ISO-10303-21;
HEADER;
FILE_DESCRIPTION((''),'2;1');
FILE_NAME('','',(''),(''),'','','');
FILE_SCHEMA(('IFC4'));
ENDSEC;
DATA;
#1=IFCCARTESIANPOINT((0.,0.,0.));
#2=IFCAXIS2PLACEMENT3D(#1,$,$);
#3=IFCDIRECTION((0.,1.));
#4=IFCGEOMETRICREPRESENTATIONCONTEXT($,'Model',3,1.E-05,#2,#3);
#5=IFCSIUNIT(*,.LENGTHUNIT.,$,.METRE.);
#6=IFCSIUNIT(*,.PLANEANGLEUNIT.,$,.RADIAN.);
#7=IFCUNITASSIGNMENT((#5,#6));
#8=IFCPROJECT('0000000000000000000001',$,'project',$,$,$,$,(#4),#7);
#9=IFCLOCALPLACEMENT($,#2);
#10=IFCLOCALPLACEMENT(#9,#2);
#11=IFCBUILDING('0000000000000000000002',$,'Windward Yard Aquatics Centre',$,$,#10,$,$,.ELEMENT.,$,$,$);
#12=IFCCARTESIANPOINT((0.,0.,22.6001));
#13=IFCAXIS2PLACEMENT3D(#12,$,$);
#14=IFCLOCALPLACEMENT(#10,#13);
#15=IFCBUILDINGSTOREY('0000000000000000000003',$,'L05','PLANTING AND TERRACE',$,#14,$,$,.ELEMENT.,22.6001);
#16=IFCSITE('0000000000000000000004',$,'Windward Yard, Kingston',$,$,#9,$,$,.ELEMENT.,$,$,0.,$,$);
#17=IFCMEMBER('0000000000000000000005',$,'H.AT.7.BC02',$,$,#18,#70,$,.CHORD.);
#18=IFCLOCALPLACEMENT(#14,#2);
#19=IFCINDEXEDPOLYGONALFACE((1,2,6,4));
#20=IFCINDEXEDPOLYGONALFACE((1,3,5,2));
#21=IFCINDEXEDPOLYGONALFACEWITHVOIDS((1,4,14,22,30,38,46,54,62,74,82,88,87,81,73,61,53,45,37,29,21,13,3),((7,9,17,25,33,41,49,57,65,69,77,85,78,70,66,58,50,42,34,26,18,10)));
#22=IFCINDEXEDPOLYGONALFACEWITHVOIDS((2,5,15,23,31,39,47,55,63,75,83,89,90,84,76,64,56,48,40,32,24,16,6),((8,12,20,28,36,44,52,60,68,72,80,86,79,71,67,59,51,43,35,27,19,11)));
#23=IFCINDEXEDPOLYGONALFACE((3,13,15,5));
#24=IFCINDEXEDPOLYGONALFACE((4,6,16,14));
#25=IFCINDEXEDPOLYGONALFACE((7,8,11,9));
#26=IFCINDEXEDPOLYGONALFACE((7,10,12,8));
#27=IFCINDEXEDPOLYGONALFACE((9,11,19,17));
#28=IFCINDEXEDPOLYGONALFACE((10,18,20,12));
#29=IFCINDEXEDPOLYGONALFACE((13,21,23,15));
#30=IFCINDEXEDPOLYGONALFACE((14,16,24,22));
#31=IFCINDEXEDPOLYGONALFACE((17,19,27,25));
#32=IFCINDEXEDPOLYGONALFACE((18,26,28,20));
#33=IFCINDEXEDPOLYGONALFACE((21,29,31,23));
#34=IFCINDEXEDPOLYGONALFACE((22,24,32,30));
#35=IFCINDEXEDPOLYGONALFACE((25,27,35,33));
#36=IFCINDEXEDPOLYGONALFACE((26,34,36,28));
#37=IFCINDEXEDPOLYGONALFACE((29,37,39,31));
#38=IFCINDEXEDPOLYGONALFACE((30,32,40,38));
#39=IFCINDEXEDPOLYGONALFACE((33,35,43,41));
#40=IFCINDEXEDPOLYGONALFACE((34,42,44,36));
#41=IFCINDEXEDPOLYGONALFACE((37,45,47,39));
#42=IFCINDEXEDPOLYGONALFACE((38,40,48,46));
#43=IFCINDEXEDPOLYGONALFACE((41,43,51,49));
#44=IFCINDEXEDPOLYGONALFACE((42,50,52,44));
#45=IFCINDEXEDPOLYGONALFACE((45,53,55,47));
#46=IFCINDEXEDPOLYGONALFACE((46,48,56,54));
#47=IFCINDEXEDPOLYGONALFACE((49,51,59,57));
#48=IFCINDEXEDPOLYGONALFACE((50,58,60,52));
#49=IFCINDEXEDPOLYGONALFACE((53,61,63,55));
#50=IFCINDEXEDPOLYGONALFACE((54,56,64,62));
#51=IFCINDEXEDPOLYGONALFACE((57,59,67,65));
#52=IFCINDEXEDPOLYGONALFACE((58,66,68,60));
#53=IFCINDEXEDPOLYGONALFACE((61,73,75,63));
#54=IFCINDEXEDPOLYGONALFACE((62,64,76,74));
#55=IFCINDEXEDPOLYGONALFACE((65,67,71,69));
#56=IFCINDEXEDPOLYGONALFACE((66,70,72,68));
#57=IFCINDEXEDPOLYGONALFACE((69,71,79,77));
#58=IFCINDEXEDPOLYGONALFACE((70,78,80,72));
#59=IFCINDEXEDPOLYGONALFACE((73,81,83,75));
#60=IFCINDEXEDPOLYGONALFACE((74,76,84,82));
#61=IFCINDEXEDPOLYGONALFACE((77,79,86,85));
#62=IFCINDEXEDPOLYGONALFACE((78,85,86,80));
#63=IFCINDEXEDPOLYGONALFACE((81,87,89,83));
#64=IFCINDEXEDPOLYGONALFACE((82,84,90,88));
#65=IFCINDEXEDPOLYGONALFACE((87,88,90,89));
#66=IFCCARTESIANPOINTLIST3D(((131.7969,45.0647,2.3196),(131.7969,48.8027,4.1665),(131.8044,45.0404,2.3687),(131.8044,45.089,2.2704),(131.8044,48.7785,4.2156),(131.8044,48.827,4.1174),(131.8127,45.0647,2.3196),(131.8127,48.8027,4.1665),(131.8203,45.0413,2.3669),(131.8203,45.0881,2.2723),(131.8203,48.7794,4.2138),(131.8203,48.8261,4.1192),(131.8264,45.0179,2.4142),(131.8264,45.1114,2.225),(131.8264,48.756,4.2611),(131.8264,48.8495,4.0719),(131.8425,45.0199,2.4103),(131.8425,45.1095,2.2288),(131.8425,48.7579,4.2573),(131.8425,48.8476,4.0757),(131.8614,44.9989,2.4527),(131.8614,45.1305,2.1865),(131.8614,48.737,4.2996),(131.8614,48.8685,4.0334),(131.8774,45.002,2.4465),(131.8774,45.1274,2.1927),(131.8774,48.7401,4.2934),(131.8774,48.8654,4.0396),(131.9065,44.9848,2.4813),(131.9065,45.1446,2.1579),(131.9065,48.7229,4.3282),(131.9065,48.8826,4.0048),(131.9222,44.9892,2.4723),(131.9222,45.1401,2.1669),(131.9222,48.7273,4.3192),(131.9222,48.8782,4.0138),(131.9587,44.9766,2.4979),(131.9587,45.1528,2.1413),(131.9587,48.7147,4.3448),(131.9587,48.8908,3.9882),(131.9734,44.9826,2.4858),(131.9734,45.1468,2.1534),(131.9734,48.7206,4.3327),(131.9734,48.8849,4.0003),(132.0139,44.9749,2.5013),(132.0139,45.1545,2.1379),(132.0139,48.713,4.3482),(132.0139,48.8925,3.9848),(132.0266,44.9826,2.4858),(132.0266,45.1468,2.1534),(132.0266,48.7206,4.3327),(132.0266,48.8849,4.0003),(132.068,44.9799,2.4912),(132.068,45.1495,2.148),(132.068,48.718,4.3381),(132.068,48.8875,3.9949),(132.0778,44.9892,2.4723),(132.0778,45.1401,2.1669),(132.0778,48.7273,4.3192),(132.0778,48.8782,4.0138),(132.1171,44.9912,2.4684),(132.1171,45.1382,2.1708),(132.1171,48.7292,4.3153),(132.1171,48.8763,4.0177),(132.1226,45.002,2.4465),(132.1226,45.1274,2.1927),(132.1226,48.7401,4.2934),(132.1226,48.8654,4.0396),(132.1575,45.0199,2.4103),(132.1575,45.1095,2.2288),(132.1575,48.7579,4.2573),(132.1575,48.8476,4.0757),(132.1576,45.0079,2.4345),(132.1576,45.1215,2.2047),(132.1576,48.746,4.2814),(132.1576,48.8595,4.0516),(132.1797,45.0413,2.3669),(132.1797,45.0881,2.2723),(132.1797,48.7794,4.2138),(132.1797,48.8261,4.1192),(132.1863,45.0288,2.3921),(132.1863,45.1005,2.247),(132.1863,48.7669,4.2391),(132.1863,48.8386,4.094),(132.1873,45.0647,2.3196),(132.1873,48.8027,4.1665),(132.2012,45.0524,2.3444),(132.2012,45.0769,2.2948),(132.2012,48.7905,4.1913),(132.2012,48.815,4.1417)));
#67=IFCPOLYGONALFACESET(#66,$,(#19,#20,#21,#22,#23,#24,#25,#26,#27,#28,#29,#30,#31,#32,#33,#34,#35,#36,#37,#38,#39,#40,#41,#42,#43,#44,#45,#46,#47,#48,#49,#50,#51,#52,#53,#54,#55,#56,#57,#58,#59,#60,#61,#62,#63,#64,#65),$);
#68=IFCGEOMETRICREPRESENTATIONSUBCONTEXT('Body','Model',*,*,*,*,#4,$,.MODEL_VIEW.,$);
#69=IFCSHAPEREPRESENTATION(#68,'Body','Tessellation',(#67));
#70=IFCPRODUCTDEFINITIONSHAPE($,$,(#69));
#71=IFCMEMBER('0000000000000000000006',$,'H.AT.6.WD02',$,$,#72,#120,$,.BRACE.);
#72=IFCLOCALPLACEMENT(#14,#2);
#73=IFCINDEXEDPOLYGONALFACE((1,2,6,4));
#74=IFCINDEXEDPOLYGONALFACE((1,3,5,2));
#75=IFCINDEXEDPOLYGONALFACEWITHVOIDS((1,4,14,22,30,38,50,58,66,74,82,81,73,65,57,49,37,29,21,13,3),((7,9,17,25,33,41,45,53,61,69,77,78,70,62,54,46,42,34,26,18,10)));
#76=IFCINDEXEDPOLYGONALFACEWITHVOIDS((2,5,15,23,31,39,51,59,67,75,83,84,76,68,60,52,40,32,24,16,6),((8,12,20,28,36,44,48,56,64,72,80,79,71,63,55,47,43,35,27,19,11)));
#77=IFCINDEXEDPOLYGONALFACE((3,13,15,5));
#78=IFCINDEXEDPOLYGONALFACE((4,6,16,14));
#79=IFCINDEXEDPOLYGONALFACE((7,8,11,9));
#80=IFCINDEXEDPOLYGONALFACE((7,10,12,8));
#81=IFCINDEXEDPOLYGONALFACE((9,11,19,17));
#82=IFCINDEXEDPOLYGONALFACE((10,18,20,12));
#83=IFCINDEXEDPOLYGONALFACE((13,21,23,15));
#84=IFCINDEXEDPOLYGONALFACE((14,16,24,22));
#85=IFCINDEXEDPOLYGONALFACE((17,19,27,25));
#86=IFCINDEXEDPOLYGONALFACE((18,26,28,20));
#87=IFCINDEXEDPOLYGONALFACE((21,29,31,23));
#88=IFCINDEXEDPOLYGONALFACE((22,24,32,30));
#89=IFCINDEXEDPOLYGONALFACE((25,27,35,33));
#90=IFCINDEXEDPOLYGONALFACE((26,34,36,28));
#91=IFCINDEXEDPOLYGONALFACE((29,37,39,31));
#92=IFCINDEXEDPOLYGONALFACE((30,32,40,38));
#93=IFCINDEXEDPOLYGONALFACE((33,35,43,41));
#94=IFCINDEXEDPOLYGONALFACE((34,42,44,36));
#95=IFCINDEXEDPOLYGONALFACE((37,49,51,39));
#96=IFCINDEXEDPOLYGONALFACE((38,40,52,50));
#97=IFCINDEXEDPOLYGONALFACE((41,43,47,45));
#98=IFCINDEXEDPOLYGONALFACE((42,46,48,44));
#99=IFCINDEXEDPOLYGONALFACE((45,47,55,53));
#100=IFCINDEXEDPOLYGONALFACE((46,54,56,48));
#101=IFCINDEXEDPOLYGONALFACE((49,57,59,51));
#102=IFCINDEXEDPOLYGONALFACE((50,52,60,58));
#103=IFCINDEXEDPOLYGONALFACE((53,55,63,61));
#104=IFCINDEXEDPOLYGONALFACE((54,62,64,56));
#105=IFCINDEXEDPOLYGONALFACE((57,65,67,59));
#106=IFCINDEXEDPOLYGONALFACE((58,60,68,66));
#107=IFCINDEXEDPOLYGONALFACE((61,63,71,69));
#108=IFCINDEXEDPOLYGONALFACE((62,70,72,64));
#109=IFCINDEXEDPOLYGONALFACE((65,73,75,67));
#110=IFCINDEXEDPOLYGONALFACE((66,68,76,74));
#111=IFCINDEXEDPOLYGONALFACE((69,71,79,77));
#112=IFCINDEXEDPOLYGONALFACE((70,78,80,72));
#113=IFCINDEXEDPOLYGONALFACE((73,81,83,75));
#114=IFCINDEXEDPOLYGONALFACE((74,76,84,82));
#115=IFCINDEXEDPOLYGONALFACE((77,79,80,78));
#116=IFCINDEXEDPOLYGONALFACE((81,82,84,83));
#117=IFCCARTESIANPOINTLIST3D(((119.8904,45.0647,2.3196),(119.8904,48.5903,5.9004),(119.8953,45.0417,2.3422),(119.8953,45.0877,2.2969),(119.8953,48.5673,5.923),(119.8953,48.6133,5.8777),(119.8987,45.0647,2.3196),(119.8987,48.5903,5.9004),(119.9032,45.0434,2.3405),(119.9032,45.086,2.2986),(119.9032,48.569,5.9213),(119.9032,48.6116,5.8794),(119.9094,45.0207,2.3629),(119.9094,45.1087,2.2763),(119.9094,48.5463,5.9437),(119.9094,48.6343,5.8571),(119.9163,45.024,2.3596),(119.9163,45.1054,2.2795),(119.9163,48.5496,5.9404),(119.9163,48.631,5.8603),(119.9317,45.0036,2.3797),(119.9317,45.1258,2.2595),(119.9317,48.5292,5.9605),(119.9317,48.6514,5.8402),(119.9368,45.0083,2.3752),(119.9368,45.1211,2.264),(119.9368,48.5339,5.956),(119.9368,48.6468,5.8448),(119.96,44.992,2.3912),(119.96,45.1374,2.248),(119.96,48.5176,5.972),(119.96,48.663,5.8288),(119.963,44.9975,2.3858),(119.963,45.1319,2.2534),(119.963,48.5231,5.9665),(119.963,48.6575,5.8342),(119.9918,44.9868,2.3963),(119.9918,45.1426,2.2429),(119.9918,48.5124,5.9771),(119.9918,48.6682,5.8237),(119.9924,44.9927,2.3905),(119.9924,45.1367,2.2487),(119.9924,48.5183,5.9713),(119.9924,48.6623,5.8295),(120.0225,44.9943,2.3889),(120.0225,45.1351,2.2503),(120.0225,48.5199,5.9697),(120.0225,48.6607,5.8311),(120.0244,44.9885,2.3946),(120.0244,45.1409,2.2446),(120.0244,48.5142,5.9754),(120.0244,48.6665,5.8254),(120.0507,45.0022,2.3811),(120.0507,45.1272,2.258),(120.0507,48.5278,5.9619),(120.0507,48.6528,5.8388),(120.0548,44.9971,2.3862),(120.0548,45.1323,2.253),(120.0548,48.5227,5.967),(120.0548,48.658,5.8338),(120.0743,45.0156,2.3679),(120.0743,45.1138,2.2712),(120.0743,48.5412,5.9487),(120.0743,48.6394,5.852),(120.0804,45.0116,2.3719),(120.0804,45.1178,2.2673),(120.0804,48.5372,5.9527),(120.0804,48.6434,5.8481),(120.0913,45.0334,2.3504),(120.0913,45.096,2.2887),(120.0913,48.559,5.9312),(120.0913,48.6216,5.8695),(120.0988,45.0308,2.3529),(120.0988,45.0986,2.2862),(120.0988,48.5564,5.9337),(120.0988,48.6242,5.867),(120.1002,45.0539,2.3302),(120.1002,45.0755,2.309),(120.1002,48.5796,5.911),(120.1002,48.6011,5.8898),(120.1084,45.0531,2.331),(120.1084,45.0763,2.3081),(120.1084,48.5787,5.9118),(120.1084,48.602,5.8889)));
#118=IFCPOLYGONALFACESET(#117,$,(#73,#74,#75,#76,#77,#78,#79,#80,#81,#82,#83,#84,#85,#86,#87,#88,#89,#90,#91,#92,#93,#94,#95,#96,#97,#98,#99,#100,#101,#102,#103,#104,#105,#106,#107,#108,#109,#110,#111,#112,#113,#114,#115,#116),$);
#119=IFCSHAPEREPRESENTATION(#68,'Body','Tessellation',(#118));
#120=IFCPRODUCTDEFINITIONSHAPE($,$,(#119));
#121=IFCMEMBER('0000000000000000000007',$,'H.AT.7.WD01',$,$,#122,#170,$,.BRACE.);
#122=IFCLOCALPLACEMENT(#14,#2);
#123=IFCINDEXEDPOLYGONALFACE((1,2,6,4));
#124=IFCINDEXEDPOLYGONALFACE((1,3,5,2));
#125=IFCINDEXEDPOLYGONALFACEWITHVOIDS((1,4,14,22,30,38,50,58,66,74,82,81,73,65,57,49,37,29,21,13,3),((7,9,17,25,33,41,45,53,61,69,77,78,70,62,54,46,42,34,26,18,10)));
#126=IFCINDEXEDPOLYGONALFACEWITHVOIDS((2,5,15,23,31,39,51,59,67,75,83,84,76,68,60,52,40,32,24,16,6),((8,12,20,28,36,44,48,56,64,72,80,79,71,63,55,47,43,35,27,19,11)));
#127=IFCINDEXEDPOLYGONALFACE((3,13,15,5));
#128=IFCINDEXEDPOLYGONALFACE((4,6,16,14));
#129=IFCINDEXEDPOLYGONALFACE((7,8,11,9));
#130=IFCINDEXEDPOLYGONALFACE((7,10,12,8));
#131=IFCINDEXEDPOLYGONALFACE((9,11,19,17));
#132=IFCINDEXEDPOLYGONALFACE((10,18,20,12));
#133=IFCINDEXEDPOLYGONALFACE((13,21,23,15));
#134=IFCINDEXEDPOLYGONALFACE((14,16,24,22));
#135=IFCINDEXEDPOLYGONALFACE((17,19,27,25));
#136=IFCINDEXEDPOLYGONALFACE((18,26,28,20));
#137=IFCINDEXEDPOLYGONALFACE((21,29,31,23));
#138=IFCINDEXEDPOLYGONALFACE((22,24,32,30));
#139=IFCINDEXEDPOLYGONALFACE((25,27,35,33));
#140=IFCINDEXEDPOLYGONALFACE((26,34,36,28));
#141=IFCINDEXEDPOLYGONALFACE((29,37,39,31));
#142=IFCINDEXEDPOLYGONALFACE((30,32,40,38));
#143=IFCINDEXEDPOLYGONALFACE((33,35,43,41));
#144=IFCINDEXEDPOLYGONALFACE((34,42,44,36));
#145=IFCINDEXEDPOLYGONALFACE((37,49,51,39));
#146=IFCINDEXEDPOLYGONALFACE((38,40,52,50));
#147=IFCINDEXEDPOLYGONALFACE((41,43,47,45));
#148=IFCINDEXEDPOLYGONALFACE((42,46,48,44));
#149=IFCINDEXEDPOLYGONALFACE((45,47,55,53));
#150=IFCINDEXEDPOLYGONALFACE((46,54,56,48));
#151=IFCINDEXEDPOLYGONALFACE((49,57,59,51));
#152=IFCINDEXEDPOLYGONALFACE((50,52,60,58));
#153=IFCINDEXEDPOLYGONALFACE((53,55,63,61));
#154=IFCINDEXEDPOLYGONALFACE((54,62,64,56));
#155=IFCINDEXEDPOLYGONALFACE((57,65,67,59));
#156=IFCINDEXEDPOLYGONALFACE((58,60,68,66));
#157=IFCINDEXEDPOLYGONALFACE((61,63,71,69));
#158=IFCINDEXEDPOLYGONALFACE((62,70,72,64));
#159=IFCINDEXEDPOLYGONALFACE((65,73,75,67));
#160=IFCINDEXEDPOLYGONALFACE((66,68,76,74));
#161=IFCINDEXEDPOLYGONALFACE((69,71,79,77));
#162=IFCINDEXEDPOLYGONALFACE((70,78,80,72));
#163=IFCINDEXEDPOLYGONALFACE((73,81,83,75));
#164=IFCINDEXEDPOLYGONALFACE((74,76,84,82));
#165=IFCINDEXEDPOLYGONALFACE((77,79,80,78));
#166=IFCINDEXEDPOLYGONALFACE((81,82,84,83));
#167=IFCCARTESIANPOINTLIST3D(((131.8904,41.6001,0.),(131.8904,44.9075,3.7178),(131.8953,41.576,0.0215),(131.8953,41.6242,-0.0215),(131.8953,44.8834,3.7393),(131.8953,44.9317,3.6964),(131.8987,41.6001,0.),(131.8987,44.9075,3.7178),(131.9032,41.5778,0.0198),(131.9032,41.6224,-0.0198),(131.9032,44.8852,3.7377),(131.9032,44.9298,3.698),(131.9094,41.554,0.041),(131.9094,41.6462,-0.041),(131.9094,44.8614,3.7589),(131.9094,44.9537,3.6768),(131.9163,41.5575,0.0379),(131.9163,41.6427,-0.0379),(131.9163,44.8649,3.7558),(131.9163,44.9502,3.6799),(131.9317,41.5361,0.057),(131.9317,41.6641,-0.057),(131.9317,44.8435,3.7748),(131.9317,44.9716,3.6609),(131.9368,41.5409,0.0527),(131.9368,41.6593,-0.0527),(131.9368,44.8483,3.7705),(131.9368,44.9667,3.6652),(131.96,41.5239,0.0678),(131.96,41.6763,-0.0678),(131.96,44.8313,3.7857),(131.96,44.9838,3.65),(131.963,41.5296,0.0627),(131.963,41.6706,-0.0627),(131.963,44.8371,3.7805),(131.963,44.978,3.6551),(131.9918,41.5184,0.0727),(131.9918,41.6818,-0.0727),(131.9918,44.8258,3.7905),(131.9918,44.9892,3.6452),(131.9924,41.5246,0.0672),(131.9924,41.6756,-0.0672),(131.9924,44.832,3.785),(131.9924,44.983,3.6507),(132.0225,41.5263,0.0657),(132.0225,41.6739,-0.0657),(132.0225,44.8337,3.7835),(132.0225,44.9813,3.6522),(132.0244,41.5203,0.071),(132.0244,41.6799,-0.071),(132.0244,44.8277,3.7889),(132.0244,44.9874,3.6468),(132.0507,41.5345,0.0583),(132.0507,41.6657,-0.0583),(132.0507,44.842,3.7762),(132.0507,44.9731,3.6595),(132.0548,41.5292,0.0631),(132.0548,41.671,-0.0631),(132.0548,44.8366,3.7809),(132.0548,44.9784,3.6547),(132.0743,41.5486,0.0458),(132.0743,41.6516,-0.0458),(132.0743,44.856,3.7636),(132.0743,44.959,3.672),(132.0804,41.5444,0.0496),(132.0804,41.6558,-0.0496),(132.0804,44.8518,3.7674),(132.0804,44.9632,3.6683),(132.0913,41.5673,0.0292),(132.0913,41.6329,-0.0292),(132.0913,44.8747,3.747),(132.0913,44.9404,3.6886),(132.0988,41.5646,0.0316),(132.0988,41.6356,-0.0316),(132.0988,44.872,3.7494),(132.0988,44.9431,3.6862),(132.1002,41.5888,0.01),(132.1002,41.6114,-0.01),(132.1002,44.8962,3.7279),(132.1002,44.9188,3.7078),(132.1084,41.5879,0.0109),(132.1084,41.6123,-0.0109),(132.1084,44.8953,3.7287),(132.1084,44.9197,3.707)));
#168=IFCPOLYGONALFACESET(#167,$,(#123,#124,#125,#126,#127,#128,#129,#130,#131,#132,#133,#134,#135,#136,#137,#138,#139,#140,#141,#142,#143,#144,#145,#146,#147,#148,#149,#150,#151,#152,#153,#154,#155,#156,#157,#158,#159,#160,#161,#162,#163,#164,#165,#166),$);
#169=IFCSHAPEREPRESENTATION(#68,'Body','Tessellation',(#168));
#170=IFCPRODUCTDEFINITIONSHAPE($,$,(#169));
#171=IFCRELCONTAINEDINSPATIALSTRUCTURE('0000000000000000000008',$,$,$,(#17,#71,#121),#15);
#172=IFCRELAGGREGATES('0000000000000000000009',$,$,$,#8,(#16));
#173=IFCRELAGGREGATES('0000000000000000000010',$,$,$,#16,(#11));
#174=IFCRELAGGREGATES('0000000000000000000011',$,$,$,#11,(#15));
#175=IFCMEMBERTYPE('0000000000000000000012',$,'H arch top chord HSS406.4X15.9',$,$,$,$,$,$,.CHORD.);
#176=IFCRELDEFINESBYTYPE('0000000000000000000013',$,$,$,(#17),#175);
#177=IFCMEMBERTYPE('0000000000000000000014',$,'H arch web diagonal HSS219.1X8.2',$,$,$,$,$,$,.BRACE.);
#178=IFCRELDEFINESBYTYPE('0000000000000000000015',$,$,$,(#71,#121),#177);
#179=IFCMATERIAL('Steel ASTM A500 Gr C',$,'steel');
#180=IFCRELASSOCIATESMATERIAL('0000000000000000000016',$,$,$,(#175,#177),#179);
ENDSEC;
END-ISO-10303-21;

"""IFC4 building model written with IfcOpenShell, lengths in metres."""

from ifc_helpers import new_model, si_unit, direction, frame, origin, origin_2d, place, context, subcontext, project, spatial, hollow_circle, extrude, material, material_profile, profile_set, type_object, element, save


model = new_model("IFC4")

# Units and contexts
model_context = context("Model", 3, precision=1e-05, world=origin(), true_north=direction((0.0, 1.0)))
body_context = subcontext(model_context, "Body", "Model", "MODEL_VIEW")
ifc_project = project(units=[si_unit("LENGTHUNIT", "METRE"), si_unit("PLANEANGLEUNIT", "RADIAN")], contexts=[model_context])

# Site, building, storey
site_placement = place(None, origin())
site = spatial("IfcSite", under=ifc_project, at=site_placement, Name="Windward Yard, Kingston", CompositionType="ELEMENT", RefElevation=0.0)
building_placement = place(site_placement, origin())
building = spatial("IfcBuilding", under=site, at=building_placement, Name="Windward Yard Aquatics Centre", CompositionType="ELEMENT")
storey_placement = place(building_placement, frame((0.0, 0.0, 22.6001)))
storey = spatial("IfcBuildingStorey", under=building, at=storey_placement, Name="L05", Description="PLANTING AND TERRACE", CompositionType="ELEMENT", Elevation=22.6001)

# Members
ifc_material_1 = material(Name="Steel ASTM A500 Gr C", Category="steel")
ifc_material_profile_1 = material_profile(ifc_material_1, hollow_circle(Radius=0.2031, WallThickness=0.0159, at=origin_2d()), Name="HSS406.4X15.9")
ifc_profile_set_1 = profile_set([ifc_material_profile_1], Name="Steel ASTM A500 Gr C")
member_type_1 = type_object("IfcMemberType", Name="H arch top chord HSS406.4X15.9", PredefinedType="CHORD", material=ifc_profile_set_1)
member_1_placement = place(storey_placement, frame((132.0, 45.0647, 2.3196), z_axis=(0.0, 0.896537, 0.442969), x_axis=(-1.0, 0.0, 0.0)))
element("IfcMember", 1, at=member_1_placement, inside=storey, type_object=member_type_1, Name="H.AT.7.BC02", PredefinedType="CHORD", context=body_context, shape_type="SweptSolid", body=[
    extrude(hollow_circle(Radius=0.2031, WallThickness=0.0159, at=origin_2d()), origin(), (0.0, 0.0, 1.0), 4.1694),
])
ifc_material_profile_2 = material_profile(ifc_material_1, hollow_circle(Radius=0.1096, WallThickness=0.0083, at=origin_2d()), Name="HSS219.1X8.2")
ifc_profile_set_2 = profile_set([ifc_material_profile_2], Name="Steel ASTM A500 Gr C")
member_type_2 = type_object("IfcMemberType", Name="H arch web diagonal HSS219.1X8.2", PredefinedType="BRACE", material=ifc_profile_set_2)
member_2_placement = place(storey_placement, frame((120.0, 45.0647, 2.3196), z_axis=(0.0, 0.701596, 0.712575), x_axis=(-1.0, 0.0, 0.0)))
element("IfcMember", 2, at=member_2_placement, inside=storey, type_object=member_type_2, Name="H.AT.6.WD02", PredefinedType="BRACE", context=body_context, shape_type="SweptSolid", body=[
    extrude(hollow_circle(Radius=0.1096, WallThickness=0.0083, at=origin_2d()), origin(), (0.0, 0.0, 1.0), 5.0251),
])
member_3_placement = place(storey_placement, frame((132.0, 41.6001, 0.0), z_axis=(0.0, 0.664665, 0.747141), x_axis=(-1.0, 0.0, 0.0)))
element("IfcMember", 3, at=member_3_placement, inside=storey, type_object=member_type_2, Name="H.AT.7.WD01", PredefinedType="BRACE", context=body_context, shape_type="SweptSolid", body=[
    extrude(hollow_circle(Radius=0.1096, WallThickness=0.0083, at=origin_2d()), origin(), (0.0, 0.0, 1.0), 4.9761),
])

save(model, "model.ifc")
